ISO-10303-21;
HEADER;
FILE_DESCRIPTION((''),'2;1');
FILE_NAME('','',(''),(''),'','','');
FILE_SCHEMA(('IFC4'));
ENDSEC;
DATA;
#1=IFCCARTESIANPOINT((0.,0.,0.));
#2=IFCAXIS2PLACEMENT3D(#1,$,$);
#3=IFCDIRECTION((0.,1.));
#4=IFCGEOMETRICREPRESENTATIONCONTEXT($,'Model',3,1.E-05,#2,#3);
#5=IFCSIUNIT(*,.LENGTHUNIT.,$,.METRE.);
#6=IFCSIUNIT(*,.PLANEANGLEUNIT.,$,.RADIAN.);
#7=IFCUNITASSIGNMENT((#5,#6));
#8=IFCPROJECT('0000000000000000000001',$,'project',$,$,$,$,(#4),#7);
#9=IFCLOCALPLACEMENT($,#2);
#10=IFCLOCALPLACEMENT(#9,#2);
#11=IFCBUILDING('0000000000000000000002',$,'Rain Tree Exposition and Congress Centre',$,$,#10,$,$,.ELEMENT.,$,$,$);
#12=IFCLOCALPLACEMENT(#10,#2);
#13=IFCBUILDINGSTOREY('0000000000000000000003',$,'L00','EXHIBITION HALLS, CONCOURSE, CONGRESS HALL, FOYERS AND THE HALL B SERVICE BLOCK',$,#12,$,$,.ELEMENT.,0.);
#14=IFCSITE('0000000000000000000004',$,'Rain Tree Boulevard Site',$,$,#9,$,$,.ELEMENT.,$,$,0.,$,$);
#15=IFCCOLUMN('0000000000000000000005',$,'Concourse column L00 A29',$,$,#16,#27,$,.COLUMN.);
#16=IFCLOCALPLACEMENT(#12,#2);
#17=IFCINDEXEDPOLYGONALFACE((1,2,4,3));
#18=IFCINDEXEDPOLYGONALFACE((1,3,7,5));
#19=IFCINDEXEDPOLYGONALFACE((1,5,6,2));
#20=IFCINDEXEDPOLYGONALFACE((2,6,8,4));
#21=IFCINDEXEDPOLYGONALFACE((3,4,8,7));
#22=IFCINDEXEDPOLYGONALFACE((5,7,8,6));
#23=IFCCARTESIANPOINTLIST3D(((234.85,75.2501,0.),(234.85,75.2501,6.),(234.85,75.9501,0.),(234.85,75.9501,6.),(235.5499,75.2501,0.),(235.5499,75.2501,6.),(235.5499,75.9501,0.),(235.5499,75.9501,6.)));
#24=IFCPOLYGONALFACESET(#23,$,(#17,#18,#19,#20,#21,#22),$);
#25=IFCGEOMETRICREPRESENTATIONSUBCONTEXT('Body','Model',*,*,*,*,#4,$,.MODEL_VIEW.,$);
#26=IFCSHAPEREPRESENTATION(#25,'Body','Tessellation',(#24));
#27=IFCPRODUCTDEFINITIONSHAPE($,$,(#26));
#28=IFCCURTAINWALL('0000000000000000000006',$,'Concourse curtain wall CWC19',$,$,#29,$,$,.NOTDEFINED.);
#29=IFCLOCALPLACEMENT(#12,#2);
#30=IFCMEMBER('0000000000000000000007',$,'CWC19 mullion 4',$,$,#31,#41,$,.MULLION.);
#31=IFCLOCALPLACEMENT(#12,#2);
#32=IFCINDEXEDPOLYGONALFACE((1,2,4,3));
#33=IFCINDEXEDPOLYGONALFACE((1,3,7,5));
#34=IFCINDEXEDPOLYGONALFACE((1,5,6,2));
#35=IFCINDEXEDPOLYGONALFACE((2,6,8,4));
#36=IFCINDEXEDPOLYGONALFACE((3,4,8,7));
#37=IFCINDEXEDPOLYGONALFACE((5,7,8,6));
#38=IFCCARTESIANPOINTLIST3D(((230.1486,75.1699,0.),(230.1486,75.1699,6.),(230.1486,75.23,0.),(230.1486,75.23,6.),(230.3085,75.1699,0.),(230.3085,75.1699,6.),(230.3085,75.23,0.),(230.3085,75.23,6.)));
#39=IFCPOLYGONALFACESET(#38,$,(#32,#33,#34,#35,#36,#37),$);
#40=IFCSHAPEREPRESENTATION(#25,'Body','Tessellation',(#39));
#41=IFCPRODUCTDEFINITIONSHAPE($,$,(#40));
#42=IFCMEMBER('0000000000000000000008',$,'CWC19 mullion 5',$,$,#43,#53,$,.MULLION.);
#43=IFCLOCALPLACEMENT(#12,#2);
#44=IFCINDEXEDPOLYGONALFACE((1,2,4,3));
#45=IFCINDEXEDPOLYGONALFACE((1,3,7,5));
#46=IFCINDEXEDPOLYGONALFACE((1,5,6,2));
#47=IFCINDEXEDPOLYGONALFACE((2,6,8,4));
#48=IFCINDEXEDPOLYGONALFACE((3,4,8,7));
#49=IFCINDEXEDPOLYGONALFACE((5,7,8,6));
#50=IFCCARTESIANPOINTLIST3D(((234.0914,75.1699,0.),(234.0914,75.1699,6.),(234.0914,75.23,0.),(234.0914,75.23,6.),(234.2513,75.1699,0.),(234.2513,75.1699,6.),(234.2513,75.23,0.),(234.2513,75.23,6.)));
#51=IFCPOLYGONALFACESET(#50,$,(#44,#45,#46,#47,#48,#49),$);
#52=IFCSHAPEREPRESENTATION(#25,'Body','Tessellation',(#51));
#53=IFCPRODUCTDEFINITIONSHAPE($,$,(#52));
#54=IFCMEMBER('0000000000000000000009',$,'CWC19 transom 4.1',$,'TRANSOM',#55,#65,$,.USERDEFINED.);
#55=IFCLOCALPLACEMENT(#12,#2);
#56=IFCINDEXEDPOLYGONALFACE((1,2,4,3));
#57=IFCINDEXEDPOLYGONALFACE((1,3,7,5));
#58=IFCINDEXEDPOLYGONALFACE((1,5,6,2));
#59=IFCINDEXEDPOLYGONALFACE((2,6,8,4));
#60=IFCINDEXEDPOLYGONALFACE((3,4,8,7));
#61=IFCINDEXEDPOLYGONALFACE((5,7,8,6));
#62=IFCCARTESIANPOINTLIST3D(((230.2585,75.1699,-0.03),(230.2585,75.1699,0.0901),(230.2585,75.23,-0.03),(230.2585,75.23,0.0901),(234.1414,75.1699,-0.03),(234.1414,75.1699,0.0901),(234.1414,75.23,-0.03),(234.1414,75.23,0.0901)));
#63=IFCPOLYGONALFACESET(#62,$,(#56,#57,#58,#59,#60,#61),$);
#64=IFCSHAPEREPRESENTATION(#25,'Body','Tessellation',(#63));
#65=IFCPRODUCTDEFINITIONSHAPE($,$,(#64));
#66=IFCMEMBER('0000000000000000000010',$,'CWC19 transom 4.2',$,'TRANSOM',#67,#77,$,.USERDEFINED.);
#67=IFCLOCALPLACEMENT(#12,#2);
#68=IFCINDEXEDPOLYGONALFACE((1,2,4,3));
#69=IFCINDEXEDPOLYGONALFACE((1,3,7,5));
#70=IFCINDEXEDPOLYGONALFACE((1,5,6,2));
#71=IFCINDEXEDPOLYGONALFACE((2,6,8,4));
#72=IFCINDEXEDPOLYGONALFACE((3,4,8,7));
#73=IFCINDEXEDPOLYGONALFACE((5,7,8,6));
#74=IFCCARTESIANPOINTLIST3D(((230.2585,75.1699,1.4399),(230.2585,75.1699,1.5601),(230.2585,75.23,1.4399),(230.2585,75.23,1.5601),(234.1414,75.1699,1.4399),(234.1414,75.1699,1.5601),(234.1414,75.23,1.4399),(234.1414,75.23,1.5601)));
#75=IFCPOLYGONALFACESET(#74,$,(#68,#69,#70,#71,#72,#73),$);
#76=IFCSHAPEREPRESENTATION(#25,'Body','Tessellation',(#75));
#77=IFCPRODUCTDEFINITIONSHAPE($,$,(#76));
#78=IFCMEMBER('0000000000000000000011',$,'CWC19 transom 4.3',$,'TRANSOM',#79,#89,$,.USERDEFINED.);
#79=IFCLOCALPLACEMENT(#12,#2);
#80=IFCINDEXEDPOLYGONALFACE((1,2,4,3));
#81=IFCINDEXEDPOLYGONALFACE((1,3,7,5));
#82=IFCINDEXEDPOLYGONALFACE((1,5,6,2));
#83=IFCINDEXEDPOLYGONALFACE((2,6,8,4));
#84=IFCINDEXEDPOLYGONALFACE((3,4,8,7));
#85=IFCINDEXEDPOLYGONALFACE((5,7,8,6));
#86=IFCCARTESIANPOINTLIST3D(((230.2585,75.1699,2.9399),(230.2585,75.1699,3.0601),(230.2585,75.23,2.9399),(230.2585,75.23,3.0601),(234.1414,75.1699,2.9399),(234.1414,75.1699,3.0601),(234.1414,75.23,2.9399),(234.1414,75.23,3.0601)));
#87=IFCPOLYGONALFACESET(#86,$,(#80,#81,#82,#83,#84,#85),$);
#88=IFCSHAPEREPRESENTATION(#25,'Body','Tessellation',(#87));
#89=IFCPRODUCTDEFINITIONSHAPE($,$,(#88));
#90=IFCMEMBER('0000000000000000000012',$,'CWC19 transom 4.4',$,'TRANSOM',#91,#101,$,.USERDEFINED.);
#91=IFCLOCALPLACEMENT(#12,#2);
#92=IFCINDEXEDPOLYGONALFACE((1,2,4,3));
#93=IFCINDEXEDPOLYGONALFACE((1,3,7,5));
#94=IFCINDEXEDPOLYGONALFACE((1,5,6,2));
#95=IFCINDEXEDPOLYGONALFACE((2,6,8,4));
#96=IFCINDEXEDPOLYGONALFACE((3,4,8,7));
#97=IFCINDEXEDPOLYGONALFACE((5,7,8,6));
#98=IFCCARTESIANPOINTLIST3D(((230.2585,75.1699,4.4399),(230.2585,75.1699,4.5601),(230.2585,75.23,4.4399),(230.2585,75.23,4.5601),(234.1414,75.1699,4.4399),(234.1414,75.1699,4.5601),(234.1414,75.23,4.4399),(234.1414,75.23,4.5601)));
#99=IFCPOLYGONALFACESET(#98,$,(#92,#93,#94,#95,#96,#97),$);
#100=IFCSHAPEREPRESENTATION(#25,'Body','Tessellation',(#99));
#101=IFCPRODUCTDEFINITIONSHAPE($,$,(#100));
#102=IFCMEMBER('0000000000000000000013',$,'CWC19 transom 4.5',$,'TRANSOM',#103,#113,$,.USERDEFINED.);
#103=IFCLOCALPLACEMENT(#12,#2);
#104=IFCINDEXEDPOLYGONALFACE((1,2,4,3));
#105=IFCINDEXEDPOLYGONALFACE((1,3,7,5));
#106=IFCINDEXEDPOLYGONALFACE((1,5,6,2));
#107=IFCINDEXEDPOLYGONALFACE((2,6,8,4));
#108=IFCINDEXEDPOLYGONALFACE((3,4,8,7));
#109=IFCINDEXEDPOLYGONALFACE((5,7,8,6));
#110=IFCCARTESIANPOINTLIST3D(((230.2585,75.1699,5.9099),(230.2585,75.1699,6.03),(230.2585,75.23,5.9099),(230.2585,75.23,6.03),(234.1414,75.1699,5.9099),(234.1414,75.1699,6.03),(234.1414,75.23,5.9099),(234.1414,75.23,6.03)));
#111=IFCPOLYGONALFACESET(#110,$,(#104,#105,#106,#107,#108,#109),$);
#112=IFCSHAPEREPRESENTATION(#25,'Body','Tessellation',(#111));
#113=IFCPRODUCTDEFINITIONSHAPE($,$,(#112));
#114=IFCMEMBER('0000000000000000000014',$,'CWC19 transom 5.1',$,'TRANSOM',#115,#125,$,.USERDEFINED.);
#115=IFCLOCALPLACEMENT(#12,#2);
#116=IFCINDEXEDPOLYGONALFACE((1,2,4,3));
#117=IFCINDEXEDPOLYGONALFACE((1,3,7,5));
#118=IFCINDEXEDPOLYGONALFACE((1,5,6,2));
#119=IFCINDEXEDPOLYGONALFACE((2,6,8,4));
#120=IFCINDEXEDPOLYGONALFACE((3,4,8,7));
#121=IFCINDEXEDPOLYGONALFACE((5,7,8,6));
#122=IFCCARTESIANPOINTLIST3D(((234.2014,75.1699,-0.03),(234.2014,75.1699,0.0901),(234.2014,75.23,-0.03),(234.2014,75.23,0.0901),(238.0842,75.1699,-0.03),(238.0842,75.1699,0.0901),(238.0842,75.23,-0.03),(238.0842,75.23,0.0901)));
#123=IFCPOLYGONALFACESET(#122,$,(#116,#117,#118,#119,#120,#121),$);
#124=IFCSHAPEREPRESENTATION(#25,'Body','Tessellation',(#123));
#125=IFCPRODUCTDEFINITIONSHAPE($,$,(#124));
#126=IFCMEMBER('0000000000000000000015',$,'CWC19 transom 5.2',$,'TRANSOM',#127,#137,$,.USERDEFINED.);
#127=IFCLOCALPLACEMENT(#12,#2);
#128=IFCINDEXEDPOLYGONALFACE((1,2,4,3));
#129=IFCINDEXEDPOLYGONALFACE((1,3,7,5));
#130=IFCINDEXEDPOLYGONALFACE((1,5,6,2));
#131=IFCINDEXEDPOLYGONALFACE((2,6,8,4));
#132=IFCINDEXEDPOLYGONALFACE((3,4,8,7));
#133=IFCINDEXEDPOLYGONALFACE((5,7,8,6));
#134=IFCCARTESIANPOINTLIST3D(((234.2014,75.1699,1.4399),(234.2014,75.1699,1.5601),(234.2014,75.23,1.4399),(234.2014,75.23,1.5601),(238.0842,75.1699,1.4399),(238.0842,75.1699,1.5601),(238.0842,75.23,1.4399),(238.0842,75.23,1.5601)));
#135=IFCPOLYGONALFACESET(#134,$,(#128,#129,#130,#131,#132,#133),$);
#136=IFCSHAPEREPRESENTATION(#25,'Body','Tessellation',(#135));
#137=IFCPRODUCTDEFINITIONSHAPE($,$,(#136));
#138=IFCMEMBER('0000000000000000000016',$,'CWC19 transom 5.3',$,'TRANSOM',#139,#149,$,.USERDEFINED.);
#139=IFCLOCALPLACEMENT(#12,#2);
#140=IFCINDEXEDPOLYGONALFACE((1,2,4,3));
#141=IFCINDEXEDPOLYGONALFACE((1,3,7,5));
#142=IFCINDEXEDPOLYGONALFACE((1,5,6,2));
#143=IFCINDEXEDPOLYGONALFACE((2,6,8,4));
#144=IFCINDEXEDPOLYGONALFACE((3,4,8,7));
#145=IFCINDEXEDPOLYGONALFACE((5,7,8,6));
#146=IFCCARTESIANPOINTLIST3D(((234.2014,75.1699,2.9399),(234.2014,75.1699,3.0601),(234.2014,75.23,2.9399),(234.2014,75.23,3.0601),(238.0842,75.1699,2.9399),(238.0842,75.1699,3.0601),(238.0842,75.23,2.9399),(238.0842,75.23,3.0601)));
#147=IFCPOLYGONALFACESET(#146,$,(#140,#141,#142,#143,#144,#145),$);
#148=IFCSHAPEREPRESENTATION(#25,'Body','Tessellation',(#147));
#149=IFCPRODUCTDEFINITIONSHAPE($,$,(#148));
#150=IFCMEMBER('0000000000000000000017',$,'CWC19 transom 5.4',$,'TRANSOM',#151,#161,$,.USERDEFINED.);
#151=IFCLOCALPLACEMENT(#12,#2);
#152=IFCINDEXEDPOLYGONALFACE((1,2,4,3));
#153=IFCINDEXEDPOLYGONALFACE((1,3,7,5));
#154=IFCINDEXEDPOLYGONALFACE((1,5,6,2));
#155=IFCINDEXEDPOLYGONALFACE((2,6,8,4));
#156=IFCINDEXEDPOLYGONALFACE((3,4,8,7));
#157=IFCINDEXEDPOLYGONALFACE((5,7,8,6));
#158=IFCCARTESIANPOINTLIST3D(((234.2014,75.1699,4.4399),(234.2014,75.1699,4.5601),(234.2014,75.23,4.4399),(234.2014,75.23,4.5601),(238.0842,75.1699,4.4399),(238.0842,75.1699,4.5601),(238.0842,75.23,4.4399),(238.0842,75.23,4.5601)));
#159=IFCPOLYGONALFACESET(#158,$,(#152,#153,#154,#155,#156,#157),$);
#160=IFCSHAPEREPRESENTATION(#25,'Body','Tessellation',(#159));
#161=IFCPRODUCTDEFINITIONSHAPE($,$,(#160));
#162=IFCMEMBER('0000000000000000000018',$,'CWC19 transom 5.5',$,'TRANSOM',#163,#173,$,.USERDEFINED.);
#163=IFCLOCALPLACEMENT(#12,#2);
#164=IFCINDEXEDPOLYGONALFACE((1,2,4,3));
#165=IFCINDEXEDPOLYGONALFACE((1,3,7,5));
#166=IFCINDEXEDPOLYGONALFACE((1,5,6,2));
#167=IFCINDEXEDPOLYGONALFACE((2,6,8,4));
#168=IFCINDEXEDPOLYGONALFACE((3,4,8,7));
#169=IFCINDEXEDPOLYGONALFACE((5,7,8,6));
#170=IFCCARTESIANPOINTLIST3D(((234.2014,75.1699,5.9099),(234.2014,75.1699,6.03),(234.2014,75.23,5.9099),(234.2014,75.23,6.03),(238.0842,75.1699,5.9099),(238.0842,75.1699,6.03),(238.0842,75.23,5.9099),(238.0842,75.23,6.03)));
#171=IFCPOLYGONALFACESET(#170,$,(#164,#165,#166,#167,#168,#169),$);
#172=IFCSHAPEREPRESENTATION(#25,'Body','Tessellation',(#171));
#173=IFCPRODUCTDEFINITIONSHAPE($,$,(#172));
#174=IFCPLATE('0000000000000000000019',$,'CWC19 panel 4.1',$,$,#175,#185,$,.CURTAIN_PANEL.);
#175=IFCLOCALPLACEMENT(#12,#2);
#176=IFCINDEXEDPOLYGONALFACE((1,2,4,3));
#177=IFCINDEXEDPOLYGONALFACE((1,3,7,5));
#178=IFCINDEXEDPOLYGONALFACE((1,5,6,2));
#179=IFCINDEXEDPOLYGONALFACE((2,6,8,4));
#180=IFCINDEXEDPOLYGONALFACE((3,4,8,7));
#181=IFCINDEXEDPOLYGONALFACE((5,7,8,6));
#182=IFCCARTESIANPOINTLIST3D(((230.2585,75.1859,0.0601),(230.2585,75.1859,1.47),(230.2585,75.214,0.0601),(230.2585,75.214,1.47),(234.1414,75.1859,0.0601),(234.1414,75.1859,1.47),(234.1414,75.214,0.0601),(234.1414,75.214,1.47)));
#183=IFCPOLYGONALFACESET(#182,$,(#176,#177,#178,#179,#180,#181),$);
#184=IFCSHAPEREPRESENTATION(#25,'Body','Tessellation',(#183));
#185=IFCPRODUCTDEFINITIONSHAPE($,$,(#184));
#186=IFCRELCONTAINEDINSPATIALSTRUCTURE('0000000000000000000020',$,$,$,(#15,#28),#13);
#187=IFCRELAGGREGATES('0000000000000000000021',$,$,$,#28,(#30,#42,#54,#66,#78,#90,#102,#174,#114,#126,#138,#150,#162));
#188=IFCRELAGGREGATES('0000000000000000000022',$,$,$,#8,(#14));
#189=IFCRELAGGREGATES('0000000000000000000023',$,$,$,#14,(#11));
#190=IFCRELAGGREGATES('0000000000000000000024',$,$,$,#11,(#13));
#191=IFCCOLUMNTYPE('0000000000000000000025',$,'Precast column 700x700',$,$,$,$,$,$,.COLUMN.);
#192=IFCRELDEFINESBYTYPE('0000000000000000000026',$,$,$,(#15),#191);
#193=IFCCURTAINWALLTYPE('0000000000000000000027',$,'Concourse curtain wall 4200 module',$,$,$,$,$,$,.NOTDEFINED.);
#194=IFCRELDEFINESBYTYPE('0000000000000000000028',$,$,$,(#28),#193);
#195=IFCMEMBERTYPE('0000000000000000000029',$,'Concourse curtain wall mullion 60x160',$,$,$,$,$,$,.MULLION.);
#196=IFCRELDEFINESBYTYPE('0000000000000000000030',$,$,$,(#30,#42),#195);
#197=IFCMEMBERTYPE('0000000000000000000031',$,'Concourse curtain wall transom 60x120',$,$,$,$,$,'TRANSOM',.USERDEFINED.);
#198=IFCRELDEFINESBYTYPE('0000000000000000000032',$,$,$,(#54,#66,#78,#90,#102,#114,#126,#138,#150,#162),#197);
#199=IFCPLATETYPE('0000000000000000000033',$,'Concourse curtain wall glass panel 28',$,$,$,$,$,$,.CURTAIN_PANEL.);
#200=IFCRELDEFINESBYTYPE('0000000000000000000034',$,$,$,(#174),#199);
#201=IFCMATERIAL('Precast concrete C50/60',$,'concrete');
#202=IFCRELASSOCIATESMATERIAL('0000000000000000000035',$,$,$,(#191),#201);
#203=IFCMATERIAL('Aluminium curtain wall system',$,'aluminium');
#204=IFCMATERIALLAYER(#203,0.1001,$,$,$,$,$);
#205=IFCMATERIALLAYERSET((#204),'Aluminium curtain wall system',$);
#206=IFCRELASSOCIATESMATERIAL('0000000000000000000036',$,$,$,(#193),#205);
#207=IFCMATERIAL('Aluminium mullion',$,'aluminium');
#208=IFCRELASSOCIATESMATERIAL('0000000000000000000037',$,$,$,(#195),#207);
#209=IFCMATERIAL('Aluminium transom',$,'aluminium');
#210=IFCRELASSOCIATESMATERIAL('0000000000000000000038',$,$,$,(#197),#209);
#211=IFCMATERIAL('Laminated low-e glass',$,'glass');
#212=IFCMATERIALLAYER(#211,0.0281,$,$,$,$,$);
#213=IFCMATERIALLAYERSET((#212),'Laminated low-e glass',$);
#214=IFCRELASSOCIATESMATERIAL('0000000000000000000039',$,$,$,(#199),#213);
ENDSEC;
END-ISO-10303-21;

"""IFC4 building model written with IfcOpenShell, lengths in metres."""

from ifc_helpers import new_model, si_unit, direction, frame, origin, origin_2d, place, context, subcontext, project, spatial, rectangle, extrude, material, layer, layer_set, material_profile, profile_set, type_object, element, aggregate, save


model = new_model("IFC4")

# Units and contexts
model_context = context("Model", 3, precision=1e-05, world=origin(), true_north=direction((0.0, 1.0)))
body_context = subcontext(model_context, "Body", "Model", "MODEL_VIEW")
ifc_project = project(units=[si_unit("LENGTHUNIT", "METRE"), si_unit("PLANEANGLEUNIT", "RADIAN")], contexts=[model_context])

# Site, building, storey
site_placement = place(None, origin())
site = spatial("IfcSite", under=ifc_project, at=site_placement, Name="Rain Tree Boulevard Site", CompositionType="ELEMENT", RefElevation=0.0)
building_placement = place(site_placement, origin())
building = spatial("IfcBuilding", under=site, at=building_placement, Name="Rain Tree Exposition and Congress Centre", CompositionType="ELEMENT")
storey_placement = place(building_placement, origin())
storey = spatial("IfcBuildingStorey", under=building, at=storey_placement, Name="L00", Description="EXHIBITION HALLS, CONCOURSE, CONGRESS HALL, FOYERS AND THE HALL B SERVICE BLOCK", CompositionType="ELEMENT", Elevation=0.0)

# Column
ifc_material_1 = material(Name="Precast concrete C50/60", Category="concrete")
ifc_material_profile_1 = material_profile(ifc_material_1, rectangle(XDim=0.7, YDim=0.7, at=origin_2d()), Name="RC 700x700")
ifc_profile_set_1 = profile_set([ifc_material_profile_1], Name="Precast concrete C50/60")
column_type = type_object("IfcColumnType", Name="Precast column 700x700", PredefinedType="COLUMN", material=ifc_profile_set_1)
column_placement = place(storey_placement, frame((235.2, 75.6001, 0.0), z_axis=(0.0, 0.0, 1.0), x_axis=(1.0, 0.0, 0.0)))
element("IfcColumn", 1, at=column_placement, inside=storey, type_object=column_type, Name="Concourse column L00 A29", PredefinedType="COLUMN", context=body_context, shape_type="SweptSolid", body=[
    extrude(rectangle(XDim=0.7, YDim=0.7, at=origin_2d()), origin(), (0.0, 0.0, 1.0), 6.0),
])

# Curtain wall, members, plate
ifc_material_2 = material(Name="Aluminium curtain wall system", Category="aluminium")
ifc_layer_1 = layer(ifc_material_2, 0.1001)
ifc_layer_set_1 = layer_set([ifc_layer_1], Name="Aluminium curtain wall system")
curtain_wall_type = type_object("IfcCurtainWallType", Name="Concourse curtain wall 4200 module", PredefinedType="NOTDEFINED", material=ifc_layer_set_1)
curtain_wall_placement = place(storey_placement, origin())
curtain_wall = element("IfcCurtainWall", 2, at=curtain_wall_placement, inside=storey, type_object=curtain_wall_type, Name="Concourse curtain wall CWC19", PredefinedType="NOTDEFINED")
ifc_material_3 = material(Name="Aluminium mullion", Category="aluminium")
ifc_material_profile_2 = material_profile(ifc_material_3, rectangle(XDim=0.0601, YDim=0.1599, at=origin_2d()), Name="AL 60x160")
ifc_profile_set_2 = profile_set([ifc_material_profile_2], Name="Aluminium mullion")
member_type_1 = type_object("IfcMemberType", Name="Concourse curtain wall mullion 60x160", PredefinedType="MULLION", material=ifc_profile_set_2)
member_1_placement = place(storey_placement, frame((230.2285, 75.2, 0.0), z_axis=(0.0, 0.0, 1.0), x_axis=(0.0, 1.0, 0.0)))
member_1 = element("IfcMember", 3, at=member_1_placement, type_object=member_type_1, Name="CWC19 mullion 4", PredefinedType="MULLION", context=body_context, shape_type="SweptSolid", body=[
    extrude(rectangle(XDim=0.0601, YDim=0.1599, at=origin_2d()), origin(), (0.0, 0.0, 1.0), 6.0),
])
member_2_placement = place(storey_placement, frame((234.1714, 75.2, 0.0), z_axis=(0.0, 0.0, 1.0), x_axis=(0.0, 1.0, 0.0)))
member_2 = element("IfcMember", 4, at=member_2_placement, type_object=member_type_1, Name="CWC19 mullion 5", PredefinedType="MULLION", context=body_context, shape_type="SweptSolid", body=[
    extrude(rectangle(XDim=0.0601, YDim=0.1599, at=origin_2d()), origin(), (0.0, 0.0, 1.0), 6.0),
])
ifc_material_4 = material(Name="Aluminium transom", Category="aluminium")
ifc_material_profile_3 = material_profile(ifc_material_4, rectangle(XDim=0.0601, YDim=0.1201, at=origin_2d()), Name="AL 60x120")
ifc_profile_set_3 = profile_set([ifc_material_profile_3], Name="Aluminium transom")
member_type_2 = type_object("IfcMemberType", Name="Concourse curtain wall transom 60x120", ElementType="TRANSOM", PredefinedType="USERDEFINED", material=ifc_profile_set_3)
member_3_placement = place(storey_placement, frame((230.2585, 75.2, 0.03), z_axis=(1.0, 0.0, 0.0), x_axis=(0.0, 1.0, 0.0)))
member_3 = element("IfcMember", 5, at=member_3_placement, type_object=member_type_2, Name="CWC19 transom 4.1", ObjectType="TRANSOM", PredefinedType="USERDEFINED", context=body_context, shape_type="SweptSolid", body=[
    extrude(rectangle(XDim=0.0601, YDim=0.1201, at=origin_2d()), origin(), (0.0, 0.0, 1.0), 3.8828),
])
member_4_placement = place(storey_placement, frame((230.2585, 75.2, 1.5), z_axis=(1.0, 0.0, 0.0), x_axis=(0.0, 1.0, 0.0)))
member_4 = element("IfcMember", 6, at=member_4_placement, type_object=member_type_2, Name="CWC19 transom 4.2", ObjectType="TRANSOM", PredefinedType="USERDEFINED", context=body_context, shape_type="SweptSolid", body=[
    extrude(rectangle(XDim=0.0601, YDim=0.1201, at=origin_2d()), origin(), (0.0, 0.0, 1.0), 3.8828),
])
member_5_placement = place(storey_placement, frame((230.2585, 75.2, 3.0), z_axis=(1.0, 0.0, 0.0), x_axis=(0.0, 1.0, 0.0)))
member_5 = element("IfcMember", 7, at=member_5_placement, type_object=member_type_2, Name="CWC19 transom 4.3", ObjectType="TRANSOM", PredefinedType="USERDEFINED", context=body_context, shape_type="SweptSolid", body=[
    extrude(rectangle(XDim=0.0601, YDim=0.1201, at=origin_2d()), origin(), (0.0, 0.0, 1.0), 3.8828),
])
member_6_placement = place(storey_placement, frame((230.2585, 75.2, 4.5), z_axis=(1.0, 0.0, 0.0), x_axis=(0.0, 1.0, 0.0)))
member_6 = element("IfcMember", 8, at=member_6_placement, type_object=member_type_2, Name="CWC19 transom 4.4", ObjectType="TRANSOM", PredefinedType="USERDEFINED", context=body_context, shape_type="SweptSolid", body=[
    extrude(rectangle(XDim=0.0601, YDim=0.1201, at=origin_2d()), origin(), (0.0, 0.0, 1.0), 3.8828),
])
member_7_placement = place(storey_placement, frame((230.2585, 75.2, 5.97), z_axis=(1.0, 0.0, 0.0), x_axis=(0.0, 1.0, 0.0)))
member_7 = element("IfcMember", 9, at=member_7_placement, type_object=member_type_2, Name="CWC19 transom 4.5", ObjectType="TRANSOM", PredefinedType="USERDEFINED", context=body_context, shape_type="SweptSolid", body=[
    extrude(rectangle(XDim=0.0601, YDim=0.1201, at=origin_2d()), origin(), (0.0, 0.0, 1.0), 3.8828),
])
member_8_placement = place(storey_placement, frame((234.2014, 75.2, 0.03), z_axis=(1.0, 0.0, 0.0), x_axis=(0.0, 1.0, 0.0)))
member_8 = element("IfcMember", 10, at=member_8_placement, type_object=member_type_2, Name="CWC19 transom 5.1", ObjectType="TRANSOM", PredefinedType="USERDEFINED", context=body_context, shape_type="SweptSolid", body=[
    extrude(rectangle(XDim=0.0601, YDim=0.1201, at=origin_2d()), origin(), (0.0, 0.0, 1.0), 3.8828),
])
member_9_placement = place(storey_placement, frame((234.2014, 75.2, 1.5), z_axis=(1.0, 0.0, 0.0), x_axis=(0.0, 1.0, 0.0)))
member_9 = element("IfcMember", 11, at=member_9_placement, type_object=member_type_2, Name="CWC19 transom 5.2", ObjectType="TRANSOM", PredefinedType="USERDEFINED", context=body_context, shape_type="SweptSolid", body=[
    extrude(rectangle(XDim=0.0601, YDim=0.1201, at=origin_2d()), origin(), (0.0, 0.0, 1.0), 3.8828),
])
member_10_placement = place(storey_placement, frame((234.2014, 75.2, 3.0), z_axis=(1.0, 0.0, 0.0), x_axis=(0.0, 1.0, 0.0)))
member_10 = element("IfcMember", 12, at=member_10_placement, type_object=member_type_2, Name="CWC19 transom 5.3", ObjectType="TRANSOM", PredefinedType="USERDEFINED", context=body_context, shape_type="SweptSolid", body=[
    extrude(rectangle(XDim=0.0601, YDim=0.1201, at=origin_2d()), origin(), (0.0, 0.0, 1.0), 3.8828),
])
member_11_placement = place(storey_placement, frame((234.2014, 75.2, 4.5), z_axis=(1.0, 0.0, 0.0), x_axis=(0.0, 1.0, 0.0)))
member_11 = element("IfcMember", 13, at=member_11_placement, type_object=member_type_2, Name="CWC19 transom 5.4", ObjectType="TRANSOM", PredefinedType="USERDEFINED", context=body_context, shape_type="SweptSolid", body=[
    extrude(rectangle(XDim=0.0601, YDim=0.1201, at=origin_2d()), origin(), (0.0, 0.0, 1.0), 3.8828),
])
member_12_placement = place(storey_placement, frame((234.2014, 75.2, 5.97), z_axis=(1.0, 0.0, 0.0), x_axis=(0.0, 1.0, 0.0)))
member_12 = element("IfcMember", 14, at=member_12_placement, type_object=member_type_2, Name="CWC19 transom 5.5", ObjectType="TRANSOM", PredefinedType="USERDEFINED", context=body_context, shape_type="SweptSolid", body=[
    extrude(rectangle(XDim=0.0601, YDim=0.1201, at=origin_2d()), origin(), (0.0, 0.0, 1.0), 3.8828),
])
ifc_material_5 = material(Name="Laminated low-e glass", Category="glass")
ifc_layer_2 = layer(ifc_material_5, 0.0281)
ifc_layer_set_2 = layer_set([ifc_layer_2], Name="Laminated low-e glass")
plate_type = type_object("IfcPlateType", Name="Concourse curtain wall glass panel 28", PredefinedType="CURTAIN_PANEL", material=ifc_layer_set_2)
plate_1_placement = place(storey_placement, frame((232.2, 75.2, 0.0601), z_axis=(0.0, 0.0, 1.0), x_axis=(1.0, 0.0, 0.0)))
plate_1 = element("IfcPlate", 15, at=plate_1_placement, type_object=plate_type, Name="CWC19 panel 4.1", PredefinedType="CURTAIN_PANEL", context=body_context, shape_type="SweptSolid", body=[
    extrude(rectangle(XDim=3.8828, YDim=0.0281, at=origin_2d()), origin(), (0.0, 0.0, 1.0), 1.4099),
])
aggregate(curtain_wall, [member_1, member_2, member_3, member_4, member_5, member_6, member_7, plate_1, member_8, member_9, member_10, member_11, member_12])

save(model, "model.ifc")
